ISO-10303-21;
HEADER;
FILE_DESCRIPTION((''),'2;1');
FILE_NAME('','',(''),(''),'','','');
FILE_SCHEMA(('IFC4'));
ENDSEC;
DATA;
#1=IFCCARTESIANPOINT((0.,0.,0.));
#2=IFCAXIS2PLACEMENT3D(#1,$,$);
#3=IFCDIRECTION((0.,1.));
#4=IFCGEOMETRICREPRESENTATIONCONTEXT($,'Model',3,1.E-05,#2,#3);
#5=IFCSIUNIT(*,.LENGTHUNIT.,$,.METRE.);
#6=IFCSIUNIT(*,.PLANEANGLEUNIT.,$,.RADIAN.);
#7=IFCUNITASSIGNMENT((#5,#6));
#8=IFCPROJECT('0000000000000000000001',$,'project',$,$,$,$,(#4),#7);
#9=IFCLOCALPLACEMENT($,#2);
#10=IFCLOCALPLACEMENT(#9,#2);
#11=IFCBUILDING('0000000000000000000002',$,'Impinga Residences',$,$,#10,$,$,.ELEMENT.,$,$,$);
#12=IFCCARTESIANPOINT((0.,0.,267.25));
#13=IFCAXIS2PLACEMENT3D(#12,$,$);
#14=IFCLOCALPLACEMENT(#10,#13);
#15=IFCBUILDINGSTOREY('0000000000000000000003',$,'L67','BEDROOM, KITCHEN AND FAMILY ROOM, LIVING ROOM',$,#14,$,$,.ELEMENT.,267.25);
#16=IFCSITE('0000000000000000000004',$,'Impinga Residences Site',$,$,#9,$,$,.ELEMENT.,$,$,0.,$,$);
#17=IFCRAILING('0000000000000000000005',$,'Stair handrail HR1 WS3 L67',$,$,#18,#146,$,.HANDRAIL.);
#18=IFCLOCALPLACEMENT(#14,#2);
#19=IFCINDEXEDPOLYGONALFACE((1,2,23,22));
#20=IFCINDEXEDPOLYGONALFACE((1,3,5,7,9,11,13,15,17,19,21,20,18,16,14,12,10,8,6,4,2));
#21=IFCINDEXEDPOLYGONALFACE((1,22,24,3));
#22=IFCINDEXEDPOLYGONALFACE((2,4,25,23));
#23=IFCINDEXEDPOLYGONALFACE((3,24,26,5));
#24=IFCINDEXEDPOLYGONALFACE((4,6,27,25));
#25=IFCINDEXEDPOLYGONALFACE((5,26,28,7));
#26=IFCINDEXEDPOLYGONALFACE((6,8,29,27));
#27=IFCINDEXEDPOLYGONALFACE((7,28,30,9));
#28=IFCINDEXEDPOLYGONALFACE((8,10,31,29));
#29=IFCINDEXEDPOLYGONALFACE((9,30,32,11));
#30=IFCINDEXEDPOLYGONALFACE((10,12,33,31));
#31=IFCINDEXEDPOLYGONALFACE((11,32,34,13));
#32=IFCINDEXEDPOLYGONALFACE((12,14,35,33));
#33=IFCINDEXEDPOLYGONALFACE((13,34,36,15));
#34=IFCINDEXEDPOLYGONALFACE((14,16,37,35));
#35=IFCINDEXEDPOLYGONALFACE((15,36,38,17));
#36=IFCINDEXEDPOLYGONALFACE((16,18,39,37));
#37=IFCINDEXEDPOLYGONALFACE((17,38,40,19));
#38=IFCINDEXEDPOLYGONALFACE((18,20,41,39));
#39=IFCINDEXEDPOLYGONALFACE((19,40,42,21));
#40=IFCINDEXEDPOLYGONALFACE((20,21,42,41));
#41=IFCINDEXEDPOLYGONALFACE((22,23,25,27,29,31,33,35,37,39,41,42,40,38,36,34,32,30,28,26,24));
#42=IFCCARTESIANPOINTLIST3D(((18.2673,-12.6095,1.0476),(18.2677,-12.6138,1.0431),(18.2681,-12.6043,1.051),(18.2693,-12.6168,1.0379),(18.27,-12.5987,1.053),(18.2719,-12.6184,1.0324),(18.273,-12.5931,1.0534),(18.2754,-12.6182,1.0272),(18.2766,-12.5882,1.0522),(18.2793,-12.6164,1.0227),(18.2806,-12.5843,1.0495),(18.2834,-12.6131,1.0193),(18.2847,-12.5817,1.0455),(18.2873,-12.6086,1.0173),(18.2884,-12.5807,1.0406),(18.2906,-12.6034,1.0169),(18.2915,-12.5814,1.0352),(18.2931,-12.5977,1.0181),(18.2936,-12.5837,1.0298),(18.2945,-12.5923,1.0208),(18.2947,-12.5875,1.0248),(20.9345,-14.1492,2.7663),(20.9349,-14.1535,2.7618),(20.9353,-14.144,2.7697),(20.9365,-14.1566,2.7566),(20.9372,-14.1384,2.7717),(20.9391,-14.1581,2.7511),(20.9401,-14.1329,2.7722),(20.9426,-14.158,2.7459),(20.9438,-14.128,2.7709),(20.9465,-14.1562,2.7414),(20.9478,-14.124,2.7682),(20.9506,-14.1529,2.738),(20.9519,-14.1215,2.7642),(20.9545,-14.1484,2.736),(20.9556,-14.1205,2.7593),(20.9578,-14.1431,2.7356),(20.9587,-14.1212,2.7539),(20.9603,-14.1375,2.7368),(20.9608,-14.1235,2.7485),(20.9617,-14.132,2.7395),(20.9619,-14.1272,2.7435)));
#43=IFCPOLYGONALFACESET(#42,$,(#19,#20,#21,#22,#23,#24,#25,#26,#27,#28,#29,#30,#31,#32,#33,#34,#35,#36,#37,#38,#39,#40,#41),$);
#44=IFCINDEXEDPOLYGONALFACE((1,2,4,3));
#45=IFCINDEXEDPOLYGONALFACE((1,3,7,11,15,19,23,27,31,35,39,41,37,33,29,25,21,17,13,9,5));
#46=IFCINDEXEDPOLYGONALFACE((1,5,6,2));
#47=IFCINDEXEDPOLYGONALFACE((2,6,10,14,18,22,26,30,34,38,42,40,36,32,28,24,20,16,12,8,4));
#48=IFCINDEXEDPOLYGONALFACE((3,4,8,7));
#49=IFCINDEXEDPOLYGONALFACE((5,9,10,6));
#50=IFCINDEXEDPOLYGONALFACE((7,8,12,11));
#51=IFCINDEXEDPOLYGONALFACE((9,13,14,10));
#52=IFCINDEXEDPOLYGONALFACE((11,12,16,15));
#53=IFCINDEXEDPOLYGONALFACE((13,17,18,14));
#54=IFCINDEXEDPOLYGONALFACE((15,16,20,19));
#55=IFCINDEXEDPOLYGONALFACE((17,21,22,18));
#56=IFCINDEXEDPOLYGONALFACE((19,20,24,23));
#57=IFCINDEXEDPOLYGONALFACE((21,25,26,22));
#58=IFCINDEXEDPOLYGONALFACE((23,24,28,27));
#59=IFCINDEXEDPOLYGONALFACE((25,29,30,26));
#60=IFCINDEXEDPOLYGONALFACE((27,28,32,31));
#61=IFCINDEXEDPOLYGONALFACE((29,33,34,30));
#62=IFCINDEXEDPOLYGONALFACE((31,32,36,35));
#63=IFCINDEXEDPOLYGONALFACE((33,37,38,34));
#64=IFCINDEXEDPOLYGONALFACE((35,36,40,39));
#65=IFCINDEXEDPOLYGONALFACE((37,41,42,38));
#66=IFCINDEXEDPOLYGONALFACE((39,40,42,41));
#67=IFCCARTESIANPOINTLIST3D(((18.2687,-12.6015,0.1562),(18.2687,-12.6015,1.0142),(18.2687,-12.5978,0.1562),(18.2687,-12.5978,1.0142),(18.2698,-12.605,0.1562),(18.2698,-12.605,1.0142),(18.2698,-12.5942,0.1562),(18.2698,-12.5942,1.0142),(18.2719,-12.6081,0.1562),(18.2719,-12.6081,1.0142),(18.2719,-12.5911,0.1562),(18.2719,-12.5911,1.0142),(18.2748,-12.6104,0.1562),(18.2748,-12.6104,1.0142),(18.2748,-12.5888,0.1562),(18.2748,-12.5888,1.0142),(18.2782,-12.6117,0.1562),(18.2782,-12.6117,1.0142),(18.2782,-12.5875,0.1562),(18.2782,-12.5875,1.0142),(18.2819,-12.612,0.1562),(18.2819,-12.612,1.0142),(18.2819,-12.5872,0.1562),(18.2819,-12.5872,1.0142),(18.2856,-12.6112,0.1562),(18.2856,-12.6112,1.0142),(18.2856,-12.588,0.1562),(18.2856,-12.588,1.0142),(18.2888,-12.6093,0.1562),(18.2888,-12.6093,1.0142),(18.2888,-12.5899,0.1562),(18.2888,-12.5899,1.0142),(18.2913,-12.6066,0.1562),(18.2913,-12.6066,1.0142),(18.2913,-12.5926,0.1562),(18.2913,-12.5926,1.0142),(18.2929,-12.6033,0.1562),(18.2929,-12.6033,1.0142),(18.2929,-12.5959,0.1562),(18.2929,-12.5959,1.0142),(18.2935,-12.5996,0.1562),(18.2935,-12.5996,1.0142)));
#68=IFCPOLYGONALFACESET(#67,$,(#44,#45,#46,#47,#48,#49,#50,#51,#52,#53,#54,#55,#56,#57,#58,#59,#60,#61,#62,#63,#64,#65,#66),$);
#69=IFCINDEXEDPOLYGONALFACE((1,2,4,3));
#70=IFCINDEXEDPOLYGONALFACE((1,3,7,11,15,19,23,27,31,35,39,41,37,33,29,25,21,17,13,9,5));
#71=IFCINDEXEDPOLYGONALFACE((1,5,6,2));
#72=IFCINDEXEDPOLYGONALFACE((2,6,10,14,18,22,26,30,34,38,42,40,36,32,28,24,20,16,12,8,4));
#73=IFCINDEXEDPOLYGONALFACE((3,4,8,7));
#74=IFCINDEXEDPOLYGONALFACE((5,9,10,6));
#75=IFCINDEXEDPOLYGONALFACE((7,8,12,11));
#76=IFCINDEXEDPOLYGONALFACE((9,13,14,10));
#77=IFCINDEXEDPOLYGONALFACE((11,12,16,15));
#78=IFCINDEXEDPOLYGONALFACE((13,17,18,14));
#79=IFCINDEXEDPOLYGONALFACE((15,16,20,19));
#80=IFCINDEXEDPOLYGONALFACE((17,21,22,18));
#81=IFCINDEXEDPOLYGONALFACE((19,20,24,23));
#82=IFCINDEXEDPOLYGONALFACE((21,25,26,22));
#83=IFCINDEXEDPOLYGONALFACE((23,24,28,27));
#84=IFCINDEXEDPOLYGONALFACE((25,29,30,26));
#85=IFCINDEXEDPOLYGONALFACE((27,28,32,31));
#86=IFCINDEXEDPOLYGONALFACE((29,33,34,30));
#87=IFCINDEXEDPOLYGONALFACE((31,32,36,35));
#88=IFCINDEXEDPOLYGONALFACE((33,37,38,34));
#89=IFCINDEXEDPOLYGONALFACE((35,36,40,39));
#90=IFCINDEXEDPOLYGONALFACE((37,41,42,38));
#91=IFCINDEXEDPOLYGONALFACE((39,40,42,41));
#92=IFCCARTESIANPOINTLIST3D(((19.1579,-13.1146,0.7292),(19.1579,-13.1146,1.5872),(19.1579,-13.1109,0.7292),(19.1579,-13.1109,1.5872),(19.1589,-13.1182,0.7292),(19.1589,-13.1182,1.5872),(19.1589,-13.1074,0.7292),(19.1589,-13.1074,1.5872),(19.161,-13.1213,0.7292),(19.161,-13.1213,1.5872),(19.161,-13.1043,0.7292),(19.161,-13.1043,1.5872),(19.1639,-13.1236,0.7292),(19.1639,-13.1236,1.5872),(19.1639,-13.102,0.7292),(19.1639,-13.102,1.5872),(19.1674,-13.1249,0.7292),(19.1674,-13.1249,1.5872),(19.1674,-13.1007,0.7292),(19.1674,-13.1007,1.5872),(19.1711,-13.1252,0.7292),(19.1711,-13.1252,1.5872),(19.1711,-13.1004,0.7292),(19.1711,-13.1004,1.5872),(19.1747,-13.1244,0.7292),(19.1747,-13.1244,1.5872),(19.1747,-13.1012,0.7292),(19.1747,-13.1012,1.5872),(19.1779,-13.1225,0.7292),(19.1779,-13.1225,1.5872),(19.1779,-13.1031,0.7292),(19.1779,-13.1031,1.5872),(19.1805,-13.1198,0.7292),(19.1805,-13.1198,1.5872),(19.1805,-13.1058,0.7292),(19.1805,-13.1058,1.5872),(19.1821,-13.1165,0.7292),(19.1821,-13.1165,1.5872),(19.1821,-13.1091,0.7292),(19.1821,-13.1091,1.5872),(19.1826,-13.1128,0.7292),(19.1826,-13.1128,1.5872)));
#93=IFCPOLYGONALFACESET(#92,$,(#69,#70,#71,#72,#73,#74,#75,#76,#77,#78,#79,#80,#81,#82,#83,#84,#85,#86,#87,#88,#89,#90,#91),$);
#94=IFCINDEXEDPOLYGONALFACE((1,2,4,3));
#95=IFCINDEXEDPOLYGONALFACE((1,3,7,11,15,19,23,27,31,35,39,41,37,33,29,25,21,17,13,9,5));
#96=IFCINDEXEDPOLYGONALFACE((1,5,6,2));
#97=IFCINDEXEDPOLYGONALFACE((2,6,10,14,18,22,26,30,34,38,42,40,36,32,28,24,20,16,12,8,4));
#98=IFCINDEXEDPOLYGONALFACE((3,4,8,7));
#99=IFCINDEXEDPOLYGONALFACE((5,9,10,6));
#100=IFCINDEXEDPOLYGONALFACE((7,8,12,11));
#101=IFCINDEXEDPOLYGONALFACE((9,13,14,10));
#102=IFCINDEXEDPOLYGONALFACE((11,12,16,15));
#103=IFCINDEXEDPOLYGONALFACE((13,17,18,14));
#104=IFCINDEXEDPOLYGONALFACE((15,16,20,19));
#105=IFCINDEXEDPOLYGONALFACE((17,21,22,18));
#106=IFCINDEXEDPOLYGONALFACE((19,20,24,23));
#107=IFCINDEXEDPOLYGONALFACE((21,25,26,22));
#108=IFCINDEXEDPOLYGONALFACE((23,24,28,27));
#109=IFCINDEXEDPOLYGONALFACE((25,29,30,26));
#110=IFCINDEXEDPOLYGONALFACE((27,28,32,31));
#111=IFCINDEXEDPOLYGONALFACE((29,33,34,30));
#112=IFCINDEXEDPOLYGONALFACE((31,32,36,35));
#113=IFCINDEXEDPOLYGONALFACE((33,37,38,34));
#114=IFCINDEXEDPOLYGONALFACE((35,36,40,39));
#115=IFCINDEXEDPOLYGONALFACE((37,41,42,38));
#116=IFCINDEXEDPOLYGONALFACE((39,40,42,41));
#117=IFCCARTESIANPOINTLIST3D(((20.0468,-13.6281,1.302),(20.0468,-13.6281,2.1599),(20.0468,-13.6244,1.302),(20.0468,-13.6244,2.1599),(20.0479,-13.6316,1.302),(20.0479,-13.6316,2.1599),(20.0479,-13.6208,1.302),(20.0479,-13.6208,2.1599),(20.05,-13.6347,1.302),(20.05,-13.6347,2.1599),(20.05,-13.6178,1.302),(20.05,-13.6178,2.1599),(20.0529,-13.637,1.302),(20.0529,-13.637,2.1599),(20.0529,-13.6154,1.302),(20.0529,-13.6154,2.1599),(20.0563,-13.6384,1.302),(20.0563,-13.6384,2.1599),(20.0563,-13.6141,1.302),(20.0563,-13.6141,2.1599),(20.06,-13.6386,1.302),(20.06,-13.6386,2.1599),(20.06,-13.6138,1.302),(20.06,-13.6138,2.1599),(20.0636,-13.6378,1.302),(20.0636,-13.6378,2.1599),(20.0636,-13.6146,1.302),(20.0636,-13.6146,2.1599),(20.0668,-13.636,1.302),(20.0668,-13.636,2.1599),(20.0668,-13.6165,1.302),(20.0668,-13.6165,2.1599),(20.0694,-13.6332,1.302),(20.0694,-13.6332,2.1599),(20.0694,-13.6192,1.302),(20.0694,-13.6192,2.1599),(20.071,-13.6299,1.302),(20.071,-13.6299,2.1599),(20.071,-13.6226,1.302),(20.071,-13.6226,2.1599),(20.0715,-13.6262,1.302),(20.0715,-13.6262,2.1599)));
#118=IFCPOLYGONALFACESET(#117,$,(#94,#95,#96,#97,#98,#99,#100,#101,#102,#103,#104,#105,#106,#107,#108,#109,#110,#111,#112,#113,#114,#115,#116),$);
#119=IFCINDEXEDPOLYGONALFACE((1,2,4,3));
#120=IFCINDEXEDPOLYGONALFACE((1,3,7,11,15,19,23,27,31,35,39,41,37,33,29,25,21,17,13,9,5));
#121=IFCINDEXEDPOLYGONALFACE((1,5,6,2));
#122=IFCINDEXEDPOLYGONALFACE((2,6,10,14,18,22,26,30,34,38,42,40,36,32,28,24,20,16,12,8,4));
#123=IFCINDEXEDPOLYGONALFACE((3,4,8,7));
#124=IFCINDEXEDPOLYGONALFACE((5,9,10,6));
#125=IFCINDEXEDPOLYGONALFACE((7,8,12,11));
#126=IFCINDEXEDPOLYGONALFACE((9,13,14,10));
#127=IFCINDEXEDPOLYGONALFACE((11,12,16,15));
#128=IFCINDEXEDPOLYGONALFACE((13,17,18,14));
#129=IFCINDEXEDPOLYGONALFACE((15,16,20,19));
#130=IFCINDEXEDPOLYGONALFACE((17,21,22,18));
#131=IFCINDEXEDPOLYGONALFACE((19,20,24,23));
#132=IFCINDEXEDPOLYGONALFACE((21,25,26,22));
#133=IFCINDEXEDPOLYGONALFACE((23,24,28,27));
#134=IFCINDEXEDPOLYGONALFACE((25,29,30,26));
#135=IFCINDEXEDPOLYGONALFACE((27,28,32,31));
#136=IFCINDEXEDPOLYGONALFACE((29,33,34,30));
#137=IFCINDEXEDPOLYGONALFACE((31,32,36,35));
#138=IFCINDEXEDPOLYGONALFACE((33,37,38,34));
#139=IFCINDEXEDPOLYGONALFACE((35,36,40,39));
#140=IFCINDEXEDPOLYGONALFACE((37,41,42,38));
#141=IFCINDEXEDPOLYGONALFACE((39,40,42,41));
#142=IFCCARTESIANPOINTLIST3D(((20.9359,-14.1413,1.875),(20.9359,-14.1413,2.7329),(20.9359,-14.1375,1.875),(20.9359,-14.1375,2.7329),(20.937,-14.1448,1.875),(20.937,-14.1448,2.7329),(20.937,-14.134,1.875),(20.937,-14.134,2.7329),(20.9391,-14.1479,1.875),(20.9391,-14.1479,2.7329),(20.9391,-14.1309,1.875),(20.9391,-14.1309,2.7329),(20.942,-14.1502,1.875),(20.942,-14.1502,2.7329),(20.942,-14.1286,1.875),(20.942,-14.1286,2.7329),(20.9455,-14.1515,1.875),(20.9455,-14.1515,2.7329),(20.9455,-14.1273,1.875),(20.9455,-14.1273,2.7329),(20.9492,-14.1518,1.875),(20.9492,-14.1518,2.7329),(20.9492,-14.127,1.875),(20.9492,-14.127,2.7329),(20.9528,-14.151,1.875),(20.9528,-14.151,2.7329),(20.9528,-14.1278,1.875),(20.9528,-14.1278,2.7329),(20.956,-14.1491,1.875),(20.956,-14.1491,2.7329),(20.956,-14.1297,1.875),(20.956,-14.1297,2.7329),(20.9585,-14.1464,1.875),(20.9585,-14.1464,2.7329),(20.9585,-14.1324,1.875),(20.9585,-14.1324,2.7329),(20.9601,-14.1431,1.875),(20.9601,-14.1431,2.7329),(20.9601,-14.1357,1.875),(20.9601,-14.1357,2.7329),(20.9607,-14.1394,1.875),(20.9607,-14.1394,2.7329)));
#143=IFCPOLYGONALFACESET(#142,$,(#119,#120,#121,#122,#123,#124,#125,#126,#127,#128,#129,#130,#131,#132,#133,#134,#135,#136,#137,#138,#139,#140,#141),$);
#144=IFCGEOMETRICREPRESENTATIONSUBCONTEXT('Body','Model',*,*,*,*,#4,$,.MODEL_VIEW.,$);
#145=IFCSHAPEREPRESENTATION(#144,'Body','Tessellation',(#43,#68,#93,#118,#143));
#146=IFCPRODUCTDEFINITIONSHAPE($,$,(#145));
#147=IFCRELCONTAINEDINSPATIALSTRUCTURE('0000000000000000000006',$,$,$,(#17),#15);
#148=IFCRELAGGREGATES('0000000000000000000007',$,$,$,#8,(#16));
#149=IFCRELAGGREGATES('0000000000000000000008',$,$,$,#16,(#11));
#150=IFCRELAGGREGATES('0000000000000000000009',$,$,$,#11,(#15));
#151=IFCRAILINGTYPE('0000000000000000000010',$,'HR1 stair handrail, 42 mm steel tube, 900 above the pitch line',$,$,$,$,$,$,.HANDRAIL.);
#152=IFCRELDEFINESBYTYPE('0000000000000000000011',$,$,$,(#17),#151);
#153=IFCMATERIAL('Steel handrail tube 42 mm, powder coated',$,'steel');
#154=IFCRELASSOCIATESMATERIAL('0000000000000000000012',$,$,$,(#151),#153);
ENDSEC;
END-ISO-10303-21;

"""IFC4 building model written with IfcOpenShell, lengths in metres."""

from ifc_helpers import new_model, si_unit, direction, frame, origin, origin_2d, place, context, subcontext, project, spatial, circle, extrude, material, type_object, element, save


model = new_model("IFC4")

# Units and contexts
model_context = context("Model", 3, precision=1e-05, world=origin(), true_north=direction((0.0, 1.0)))
body_context = subcontext(model_context, "Body", "Model", "MODEL_VIEW")
ifc_project = project(units=[si_unit("LENGTHUNIT", "METRE"), si_unit("PLANEANGLEUNIT", "RADIAN")], contexts=[model_context])

# Site, building, storey
site_placement = place(None, origin())
site = spatial("IfcSite", under=ifc_project, at=site_placement, Name="Impinga Residences Site", CompositionType="ELEMENT", RefElevation=0.0)
building_placement = place(site_placement, origin())
building = spatial("IfcBuilding", under=site, at=building_placement, Name="Impinga Residences", CompositionType="ELEMENT")
storey_placement = place(building_placement, frame((0.0, 0.0, 267.25)))
storey = spatial("IfcBuildingStorey", under=building, at=storey_placement, Name="L67", Description="BEDROOM, KITCHEN AND FAMILY ROOM, LIVING ROOM", CompositionType="ELEMENT", Elevation=267.25)

# Railing
ifc_material_1 = material(Name="Steel handrail tube 42 mm, powder coated", Category="steel")
railing_type = type_object("IfcRailingType", Name="HR1 stair handrail, 42 mm steel tube, 900 above the pitch line", PredefinedType="HANDRAIL", material=ifc_material_1)
railing_placement = place(storey_placement, frame((18.281, -12.5996, 0.1562)))
element("IfcRailing", 1, at=railing_placement, inside=storey, type_object=railing_type, Name="Stair handrail HR1 WS3 L67", PredefinedType="HANDRAIL", context=body_context, shape_type="SweptSolid", body=[
    extrude(circle(Radius=0.021, at=origin_2d()), frame((0.0, 0.0, 0.8789), z_axis=(0.756249, -0.436582, 0.487322), x_axis=(0.499967, 0.866044, 0.0)), (0.0, 0.0, 1.0), 3.5269),
    extrude(circle(Radius=0.0125, at=origin_2d()), origin(), (0.0, 0.0, 1.0), 0.8579),
    extrude(circle(Radius=0.0125, at=origin_2d()), frame((0.8892, -0.5132, 0.573)), (0.0, 0.0, 1.0), 0.8579),
    extrude(circle(Radius=0.0125, at=origin_2d()), frame((1.7781, -1.0266, 1.1458)), (0.0, 0.0, 1.0), 0.8579),
    extrude(circle(Radius=0.0125, at=origin_2d()), frame((2.6672, -1.5398, 1.7188)), (0.0, 0.0, 1.0), 0.8579),
])

save(model, "model.ifc")
